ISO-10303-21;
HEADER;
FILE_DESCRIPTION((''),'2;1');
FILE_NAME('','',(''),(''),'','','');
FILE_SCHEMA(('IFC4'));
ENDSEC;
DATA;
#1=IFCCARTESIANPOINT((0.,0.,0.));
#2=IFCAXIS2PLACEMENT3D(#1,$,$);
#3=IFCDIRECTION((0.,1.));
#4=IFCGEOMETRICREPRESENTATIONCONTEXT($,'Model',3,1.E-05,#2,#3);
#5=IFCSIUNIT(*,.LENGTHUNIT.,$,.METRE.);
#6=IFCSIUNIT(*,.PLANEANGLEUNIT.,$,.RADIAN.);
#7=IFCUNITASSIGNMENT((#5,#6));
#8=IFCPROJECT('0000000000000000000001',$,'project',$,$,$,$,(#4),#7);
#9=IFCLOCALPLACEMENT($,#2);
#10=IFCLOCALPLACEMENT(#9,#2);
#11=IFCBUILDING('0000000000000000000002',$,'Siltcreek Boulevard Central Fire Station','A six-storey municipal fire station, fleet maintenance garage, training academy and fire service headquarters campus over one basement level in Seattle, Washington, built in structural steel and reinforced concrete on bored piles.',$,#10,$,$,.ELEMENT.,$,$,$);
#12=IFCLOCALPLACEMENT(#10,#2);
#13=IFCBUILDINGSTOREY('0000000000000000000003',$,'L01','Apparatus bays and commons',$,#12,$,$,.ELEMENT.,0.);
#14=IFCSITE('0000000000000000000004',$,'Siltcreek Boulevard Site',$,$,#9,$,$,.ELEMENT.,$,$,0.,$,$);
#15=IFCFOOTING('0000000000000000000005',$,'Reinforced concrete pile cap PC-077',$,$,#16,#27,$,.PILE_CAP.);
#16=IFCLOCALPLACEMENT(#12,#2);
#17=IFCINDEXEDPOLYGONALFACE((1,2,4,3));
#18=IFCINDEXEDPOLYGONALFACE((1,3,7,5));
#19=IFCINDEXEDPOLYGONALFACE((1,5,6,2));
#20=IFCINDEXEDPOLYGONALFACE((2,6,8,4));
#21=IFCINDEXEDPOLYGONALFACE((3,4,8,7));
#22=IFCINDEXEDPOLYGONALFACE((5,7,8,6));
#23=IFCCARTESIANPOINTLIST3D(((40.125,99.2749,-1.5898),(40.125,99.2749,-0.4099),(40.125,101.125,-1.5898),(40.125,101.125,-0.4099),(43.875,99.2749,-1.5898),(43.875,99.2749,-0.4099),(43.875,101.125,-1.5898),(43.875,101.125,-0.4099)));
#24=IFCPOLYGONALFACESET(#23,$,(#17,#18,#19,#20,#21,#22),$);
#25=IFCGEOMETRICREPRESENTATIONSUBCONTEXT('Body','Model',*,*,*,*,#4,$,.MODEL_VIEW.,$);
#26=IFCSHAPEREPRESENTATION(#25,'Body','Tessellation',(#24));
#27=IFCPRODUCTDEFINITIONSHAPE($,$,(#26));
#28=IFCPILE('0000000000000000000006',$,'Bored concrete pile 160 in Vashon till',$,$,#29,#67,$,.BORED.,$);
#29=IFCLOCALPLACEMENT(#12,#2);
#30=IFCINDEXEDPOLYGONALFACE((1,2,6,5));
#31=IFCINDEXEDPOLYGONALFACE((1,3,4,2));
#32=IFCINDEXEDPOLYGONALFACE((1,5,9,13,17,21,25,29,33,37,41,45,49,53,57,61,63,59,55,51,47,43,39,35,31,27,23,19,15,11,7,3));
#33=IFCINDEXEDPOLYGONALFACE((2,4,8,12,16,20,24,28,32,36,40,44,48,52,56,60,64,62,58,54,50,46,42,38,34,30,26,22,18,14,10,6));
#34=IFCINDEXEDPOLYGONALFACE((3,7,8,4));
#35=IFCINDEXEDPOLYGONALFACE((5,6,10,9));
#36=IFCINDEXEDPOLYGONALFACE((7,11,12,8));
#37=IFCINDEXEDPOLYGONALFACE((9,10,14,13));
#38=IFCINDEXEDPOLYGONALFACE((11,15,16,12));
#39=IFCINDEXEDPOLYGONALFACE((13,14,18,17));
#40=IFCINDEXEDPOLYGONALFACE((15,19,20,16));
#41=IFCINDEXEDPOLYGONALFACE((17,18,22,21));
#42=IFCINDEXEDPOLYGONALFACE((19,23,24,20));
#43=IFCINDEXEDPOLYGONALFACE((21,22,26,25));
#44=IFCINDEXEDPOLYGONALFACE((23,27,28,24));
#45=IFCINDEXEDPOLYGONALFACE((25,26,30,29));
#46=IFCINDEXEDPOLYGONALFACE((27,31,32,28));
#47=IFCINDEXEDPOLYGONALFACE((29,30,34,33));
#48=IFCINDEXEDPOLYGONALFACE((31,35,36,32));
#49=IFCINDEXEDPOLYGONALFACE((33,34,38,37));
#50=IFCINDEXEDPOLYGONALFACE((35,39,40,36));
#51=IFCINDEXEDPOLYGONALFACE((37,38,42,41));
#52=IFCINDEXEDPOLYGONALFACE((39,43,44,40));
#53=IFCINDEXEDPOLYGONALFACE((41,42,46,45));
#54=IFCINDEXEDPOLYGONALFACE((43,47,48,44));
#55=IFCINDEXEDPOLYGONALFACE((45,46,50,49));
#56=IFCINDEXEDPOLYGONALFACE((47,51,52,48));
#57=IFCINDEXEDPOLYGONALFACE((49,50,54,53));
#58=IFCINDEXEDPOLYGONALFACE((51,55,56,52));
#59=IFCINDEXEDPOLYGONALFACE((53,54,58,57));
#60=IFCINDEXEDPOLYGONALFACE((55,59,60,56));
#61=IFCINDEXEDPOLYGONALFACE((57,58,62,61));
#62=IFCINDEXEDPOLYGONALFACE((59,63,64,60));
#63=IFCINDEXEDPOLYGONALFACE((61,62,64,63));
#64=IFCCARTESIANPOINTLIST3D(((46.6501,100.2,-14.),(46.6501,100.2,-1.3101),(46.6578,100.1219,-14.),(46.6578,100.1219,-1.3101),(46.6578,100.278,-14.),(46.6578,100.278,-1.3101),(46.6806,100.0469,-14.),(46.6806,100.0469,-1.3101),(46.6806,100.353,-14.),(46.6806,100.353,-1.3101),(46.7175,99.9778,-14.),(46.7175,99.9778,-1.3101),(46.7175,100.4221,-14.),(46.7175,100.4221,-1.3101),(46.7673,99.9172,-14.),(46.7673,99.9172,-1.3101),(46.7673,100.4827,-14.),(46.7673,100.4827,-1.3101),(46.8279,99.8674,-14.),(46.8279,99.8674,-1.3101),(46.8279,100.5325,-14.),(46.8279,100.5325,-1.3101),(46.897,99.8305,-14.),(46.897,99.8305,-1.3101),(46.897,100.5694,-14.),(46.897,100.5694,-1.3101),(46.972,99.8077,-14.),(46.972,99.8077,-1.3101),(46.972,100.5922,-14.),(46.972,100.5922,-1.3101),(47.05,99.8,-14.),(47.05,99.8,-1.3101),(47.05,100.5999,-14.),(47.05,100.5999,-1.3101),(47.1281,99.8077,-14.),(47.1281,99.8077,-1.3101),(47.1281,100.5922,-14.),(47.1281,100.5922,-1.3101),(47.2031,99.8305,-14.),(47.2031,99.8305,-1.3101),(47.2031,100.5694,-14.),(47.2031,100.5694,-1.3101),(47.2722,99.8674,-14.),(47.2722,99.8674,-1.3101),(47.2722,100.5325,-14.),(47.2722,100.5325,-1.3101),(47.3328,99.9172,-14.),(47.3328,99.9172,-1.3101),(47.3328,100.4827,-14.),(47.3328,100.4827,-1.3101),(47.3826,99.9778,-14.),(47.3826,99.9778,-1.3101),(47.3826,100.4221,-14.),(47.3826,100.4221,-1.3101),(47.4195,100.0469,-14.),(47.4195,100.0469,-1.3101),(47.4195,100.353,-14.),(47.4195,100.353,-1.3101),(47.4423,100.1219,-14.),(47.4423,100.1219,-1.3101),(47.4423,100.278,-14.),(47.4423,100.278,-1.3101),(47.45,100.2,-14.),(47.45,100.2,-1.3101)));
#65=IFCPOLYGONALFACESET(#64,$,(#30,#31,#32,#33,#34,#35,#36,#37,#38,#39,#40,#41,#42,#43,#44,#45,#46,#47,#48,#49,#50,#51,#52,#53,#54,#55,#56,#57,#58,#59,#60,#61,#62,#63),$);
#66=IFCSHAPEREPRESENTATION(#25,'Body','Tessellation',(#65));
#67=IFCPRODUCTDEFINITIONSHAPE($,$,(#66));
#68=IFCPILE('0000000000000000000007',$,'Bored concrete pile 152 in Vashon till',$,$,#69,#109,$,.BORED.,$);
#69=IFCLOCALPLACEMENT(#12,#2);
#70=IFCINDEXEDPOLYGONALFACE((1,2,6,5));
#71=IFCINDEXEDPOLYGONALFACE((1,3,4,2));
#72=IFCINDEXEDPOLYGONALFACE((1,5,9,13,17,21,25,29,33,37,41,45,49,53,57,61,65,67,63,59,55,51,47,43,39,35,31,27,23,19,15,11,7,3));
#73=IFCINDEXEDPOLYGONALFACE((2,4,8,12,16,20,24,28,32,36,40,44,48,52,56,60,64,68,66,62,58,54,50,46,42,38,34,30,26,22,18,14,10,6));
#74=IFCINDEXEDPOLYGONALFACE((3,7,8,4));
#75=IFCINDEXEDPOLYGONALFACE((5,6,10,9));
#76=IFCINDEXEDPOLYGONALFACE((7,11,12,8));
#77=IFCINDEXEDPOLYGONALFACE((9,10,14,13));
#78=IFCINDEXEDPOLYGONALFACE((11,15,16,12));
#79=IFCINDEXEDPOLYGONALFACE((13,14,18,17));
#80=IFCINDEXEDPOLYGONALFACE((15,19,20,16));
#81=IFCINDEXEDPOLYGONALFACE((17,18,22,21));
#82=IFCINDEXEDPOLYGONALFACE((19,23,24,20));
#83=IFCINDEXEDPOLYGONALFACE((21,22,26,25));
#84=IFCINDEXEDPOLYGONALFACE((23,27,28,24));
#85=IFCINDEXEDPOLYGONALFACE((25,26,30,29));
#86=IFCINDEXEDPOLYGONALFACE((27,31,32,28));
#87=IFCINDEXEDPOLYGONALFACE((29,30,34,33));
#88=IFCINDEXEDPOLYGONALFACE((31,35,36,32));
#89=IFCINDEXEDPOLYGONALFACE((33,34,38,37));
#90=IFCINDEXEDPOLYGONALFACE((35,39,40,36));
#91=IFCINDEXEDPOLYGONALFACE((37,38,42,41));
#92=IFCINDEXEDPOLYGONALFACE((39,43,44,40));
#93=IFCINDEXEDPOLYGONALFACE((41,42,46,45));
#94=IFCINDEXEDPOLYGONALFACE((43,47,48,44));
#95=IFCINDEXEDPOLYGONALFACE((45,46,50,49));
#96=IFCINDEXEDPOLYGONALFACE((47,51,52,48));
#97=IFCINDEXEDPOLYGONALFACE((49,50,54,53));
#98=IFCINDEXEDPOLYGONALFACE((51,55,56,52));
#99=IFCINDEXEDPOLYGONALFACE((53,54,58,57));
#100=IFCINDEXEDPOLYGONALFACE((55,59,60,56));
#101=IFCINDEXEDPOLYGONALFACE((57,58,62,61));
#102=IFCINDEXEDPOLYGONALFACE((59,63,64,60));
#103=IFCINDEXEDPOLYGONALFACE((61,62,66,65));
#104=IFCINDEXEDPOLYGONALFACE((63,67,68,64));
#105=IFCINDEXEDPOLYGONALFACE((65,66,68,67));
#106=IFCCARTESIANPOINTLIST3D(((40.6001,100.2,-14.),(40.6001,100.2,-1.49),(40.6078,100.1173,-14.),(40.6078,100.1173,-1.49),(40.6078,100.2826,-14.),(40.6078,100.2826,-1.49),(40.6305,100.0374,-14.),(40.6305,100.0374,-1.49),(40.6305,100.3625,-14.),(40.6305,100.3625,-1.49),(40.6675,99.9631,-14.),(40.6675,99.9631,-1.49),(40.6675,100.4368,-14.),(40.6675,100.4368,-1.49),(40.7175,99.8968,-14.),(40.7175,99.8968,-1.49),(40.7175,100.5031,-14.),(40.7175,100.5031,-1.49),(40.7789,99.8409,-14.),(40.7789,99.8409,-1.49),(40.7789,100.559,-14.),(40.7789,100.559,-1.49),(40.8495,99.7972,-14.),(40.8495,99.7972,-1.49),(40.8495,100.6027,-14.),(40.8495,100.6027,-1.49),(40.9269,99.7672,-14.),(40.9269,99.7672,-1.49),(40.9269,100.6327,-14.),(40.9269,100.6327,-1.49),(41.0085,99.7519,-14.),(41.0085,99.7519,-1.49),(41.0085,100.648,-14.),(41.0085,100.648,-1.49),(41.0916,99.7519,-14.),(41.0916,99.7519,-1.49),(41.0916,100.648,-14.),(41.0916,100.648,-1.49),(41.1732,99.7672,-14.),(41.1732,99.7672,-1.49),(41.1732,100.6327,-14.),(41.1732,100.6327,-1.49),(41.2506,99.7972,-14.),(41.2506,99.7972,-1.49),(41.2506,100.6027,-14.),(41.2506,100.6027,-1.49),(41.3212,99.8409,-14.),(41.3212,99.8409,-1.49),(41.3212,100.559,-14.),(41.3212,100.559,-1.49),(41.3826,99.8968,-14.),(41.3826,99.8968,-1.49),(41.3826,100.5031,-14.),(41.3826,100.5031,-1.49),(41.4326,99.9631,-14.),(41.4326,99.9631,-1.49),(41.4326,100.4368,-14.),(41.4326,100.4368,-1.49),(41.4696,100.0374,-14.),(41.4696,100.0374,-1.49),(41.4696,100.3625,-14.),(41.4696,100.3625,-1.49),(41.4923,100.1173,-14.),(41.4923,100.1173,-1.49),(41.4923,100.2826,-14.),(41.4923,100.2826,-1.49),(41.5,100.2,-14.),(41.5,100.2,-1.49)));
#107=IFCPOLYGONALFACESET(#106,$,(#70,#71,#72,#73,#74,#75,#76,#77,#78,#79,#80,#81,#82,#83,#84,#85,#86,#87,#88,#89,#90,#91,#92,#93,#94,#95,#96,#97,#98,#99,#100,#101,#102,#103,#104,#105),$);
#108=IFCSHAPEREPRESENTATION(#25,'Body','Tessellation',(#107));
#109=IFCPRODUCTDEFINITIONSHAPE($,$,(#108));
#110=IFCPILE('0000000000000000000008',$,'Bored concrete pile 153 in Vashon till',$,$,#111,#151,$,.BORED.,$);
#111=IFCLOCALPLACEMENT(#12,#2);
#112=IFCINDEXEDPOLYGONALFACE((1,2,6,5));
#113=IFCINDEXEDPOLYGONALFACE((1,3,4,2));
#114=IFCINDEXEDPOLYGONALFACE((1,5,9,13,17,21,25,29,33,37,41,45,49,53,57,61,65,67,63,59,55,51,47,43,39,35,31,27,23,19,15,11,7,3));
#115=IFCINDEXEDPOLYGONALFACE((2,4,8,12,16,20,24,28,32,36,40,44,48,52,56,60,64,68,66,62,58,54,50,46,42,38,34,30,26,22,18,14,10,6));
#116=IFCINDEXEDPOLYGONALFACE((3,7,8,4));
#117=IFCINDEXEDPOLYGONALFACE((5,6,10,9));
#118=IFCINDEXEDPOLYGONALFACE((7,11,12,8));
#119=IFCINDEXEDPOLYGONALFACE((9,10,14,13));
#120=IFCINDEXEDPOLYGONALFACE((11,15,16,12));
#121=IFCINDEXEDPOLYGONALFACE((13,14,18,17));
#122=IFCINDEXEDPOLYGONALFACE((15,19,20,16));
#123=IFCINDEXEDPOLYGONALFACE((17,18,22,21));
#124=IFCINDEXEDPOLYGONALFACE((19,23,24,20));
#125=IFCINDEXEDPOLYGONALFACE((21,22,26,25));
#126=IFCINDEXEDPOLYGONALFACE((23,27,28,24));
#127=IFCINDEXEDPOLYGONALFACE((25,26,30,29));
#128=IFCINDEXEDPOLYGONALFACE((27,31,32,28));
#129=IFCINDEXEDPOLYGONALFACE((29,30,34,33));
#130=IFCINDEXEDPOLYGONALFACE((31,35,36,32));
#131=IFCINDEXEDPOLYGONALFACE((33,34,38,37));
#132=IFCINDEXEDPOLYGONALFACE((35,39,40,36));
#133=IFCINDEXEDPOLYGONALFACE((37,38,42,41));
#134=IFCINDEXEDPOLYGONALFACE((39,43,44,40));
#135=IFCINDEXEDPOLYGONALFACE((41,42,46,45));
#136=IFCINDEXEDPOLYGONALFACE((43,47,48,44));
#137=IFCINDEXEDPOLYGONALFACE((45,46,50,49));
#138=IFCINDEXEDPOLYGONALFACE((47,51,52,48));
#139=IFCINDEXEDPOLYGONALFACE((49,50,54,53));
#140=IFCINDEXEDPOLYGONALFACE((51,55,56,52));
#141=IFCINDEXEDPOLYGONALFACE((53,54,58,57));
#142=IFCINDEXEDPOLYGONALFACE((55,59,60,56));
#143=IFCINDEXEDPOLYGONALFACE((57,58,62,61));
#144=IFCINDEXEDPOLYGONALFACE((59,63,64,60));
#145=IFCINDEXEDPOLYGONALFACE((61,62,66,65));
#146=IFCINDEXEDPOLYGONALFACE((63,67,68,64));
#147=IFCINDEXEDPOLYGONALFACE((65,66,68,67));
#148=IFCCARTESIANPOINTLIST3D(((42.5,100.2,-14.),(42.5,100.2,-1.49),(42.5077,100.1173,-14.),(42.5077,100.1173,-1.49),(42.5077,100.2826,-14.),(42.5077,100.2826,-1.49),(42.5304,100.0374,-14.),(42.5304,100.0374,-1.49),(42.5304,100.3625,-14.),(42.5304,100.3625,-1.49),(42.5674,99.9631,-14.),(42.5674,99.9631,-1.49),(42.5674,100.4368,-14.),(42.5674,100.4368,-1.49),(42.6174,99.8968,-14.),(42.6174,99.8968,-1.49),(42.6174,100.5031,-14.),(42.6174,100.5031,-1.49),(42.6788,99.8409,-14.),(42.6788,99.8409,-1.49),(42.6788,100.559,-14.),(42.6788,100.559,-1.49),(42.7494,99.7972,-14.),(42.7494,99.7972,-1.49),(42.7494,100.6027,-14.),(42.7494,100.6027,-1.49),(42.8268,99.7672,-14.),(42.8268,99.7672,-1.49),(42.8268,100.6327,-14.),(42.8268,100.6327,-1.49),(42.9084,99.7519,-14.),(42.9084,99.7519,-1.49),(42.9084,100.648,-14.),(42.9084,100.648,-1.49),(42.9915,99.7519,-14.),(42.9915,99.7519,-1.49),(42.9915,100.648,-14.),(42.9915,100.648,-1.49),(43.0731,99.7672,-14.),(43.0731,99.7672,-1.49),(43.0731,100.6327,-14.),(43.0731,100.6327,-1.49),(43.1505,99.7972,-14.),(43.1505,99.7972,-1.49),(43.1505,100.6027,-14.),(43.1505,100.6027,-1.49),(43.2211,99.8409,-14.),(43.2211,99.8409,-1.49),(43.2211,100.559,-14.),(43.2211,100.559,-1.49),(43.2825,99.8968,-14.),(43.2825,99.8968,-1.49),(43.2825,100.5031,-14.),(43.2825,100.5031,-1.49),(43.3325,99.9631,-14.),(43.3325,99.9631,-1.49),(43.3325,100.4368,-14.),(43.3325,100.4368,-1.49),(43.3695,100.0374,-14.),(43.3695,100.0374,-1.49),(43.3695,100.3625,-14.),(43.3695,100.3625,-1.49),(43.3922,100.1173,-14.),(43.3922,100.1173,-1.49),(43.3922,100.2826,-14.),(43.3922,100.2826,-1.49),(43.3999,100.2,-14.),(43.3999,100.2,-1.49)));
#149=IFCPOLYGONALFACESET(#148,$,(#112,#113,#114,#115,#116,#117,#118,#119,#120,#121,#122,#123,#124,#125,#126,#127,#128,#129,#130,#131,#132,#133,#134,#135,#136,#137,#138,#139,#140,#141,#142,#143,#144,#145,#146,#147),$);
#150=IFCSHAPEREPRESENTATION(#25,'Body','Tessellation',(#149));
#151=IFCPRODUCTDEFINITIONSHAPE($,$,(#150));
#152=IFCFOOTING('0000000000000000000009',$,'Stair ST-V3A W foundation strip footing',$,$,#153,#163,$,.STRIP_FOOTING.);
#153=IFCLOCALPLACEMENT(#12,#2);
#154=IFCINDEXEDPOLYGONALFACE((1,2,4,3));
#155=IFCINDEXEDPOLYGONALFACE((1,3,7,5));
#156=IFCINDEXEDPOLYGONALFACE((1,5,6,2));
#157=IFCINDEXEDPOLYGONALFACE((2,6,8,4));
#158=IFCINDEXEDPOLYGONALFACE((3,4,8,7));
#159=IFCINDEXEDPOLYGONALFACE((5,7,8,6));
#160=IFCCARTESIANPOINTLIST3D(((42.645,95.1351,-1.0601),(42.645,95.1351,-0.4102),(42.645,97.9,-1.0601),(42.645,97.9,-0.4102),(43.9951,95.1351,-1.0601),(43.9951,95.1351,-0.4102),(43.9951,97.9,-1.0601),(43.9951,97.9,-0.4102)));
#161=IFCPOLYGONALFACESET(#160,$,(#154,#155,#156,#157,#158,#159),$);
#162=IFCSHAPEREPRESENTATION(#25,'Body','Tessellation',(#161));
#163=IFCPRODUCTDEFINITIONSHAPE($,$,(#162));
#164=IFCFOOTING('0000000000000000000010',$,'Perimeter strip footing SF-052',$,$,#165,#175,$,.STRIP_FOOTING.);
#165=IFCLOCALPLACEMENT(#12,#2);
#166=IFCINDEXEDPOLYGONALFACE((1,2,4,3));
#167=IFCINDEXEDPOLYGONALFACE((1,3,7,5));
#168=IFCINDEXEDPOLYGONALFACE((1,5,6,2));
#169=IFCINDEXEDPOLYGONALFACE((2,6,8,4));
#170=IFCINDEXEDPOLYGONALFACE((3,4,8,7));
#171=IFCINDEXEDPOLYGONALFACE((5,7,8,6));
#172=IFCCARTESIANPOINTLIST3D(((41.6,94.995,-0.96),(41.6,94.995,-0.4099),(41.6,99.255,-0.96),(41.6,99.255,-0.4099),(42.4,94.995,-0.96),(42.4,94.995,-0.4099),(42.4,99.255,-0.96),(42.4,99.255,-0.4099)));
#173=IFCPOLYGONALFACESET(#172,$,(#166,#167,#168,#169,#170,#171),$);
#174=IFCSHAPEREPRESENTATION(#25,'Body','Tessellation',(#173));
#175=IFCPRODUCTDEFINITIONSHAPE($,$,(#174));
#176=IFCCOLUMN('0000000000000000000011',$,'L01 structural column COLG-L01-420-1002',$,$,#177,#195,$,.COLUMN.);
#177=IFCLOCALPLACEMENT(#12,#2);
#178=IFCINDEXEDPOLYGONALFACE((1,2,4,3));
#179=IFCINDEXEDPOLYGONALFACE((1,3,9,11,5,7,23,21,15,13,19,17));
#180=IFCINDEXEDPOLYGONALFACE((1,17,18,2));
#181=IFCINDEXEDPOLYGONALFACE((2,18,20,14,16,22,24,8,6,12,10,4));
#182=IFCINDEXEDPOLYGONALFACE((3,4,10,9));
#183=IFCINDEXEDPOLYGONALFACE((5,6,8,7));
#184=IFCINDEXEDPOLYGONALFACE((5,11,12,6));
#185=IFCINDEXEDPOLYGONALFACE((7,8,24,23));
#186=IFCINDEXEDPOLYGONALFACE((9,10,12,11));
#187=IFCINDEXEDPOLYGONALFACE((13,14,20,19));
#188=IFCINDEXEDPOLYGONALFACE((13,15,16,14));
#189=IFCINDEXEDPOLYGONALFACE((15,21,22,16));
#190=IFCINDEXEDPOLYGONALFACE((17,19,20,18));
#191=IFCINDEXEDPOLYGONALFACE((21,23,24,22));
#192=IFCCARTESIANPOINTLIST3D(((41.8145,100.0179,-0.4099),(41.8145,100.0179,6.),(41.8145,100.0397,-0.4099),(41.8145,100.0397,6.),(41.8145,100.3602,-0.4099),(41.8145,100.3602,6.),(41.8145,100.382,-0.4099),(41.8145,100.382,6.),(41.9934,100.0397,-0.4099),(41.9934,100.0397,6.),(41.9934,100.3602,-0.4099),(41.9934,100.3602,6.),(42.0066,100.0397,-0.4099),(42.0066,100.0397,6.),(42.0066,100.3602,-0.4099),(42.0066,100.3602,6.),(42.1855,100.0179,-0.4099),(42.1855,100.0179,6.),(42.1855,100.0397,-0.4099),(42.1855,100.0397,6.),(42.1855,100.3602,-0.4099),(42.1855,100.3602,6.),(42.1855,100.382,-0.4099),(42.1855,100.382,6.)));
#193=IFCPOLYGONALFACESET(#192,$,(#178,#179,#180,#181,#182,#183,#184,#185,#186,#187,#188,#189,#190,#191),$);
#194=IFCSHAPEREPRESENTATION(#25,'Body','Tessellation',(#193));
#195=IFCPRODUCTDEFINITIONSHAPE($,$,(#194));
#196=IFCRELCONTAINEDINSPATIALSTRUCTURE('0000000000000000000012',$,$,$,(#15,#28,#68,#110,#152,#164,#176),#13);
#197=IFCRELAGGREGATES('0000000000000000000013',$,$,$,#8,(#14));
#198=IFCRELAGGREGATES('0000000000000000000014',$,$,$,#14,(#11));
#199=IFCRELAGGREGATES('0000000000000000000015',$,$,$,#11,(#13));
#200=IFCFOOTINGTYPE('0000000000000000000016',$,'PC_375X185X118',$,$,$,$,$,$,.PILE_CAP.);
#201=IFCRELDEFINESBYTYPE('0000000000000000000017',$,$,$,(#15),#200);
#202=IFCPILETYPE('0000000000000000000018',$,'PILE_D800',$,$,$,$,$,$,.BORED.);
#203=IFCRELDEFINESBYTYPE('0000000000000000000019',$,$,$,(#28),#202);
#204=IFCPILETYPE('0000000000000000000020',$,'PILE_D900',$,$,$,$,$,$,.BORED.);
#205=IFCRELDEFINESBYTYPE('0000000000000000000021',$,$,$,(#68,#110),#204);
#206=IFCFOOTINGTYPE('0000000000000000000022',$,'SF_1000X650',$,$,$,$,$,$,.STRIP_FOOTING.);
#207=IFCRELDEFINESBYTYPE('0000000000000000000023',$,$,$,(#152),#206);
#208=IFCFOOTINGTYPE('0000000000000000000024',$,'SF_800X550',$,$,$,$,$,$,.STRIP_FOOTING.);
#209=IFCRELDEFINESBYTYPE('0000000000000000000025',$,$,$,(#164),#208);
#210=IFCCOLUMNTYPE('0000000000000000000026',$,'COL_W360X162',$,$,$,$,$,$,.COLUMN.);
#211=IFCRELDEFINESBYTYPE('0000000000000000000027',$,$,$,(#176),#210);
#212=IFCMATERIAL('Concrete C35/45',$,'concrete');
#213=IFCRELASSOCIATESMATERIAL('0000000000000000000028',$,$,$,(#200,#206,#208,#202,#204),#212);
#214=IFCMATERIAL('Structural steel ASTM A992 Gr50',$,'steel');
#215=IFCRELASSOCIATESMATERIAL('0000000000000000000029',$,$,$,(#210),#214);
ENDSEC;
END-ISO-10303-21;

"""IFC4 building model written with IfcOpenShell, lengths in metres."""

from ifc_helpers import new_model, si_unit, direction, frame, origin, origin_2d, place, context, subcontext, project, spatial, rectangle, circle, i_section, extrude, material, material_profile, profile_set, type_object, element, save


model = new_model("IFC4")

# Units and contexts
model_context = context("Model", 3, precision=1e-05, world=origin(), true_north=direction((0.0, 1.0)))
body_context = subcontext(model_context, "Body", "Model", "MODEL_VIEW")
ifc_project = project(units=[si_unit("LENGTHUNIT", "METRE"), si_unit("PLANEANGLEUNIT", "RADIAN")], contexts=[model_context])

# Site, building, storey
site_placement = place(None, origin())
site = spatial("IfcSite", under=ifc_project, at=site_placement, Name="Siltcreek Boulevard Site", CompositionType="ELEMENT", RefElevation=0.0)
building_placement = place(site_placement, origin())
building = spatial("IfcBuilding", under=site, at=building_placement, Name="Siltcreek Boulevard Central Fire Station", Description="A six-storey municipal fire station, fleet maintenance garage, training academy and fire service headquarters campus over one basement level in Seattle, Washington, built in structural steel and reinforced concrete on bored piles.", CompositionType="ELEMENT")
storey_placement = place(building_placement, origin())
storey = spatial("IfcBuildingStorey", under=building, at=storey_placement, Name="L01", Description="Apparatus bays and commons", CompositionType="ELEMENT", Elevation=0.0)

# Footing
ifc_material_1 = material(Name="Concrete C35/45", Category="concrete")
footing_type_1 = type_object("IfcFootingType", Name="PC_375X185X118", PredefinedType="PILE_CAP", material=ifc_material_1)
footing_1_placement = place(storey_placement, frame((42.0, 100.2, -1.5898), z_axis=(0.0, 0.0, 1.0), x_axis=(1.0, 0.0, 0.0)))
element("IfcFooting", 1, at=footing_1_placement, inside=storey, type_object=footing_type_1, Name="Reinforced concrete pile cap PC-077", PredefinedType="PILE_CAP", context=body_context, shape_type="SweptSolid", body=[
    extrude(rectangle(XDim=3.75, YDim=1.8501, at=origin_2d()), origin(), (0.0, 0.0, 1.0), 1.1799),
])

# Piles
ifc_material_profile_1 = material_profile(ifc_material_1, circle(Radius=0.3999, at=origin_2d()), Name="SHAFT800")
ifc_profile_set_1 = profile_set([ifc_material_profile_1], Name="Concrete C35/45")
pile_type_1 = type_object("IfcPileType", Name="PILE_D800", PredefinedType="BORED", material=ifc_profile_set_1)
pile_placement = place(storey_placement, frame((47.05, 100.2, -1.3101), z_axis=(0.0, 0.0, -1.0), x_axis=(1.0, 0.0, 0.0)))
element("IfcPile", 2, at=pile_placement, inside=storey, type_object=pile_type_1, Name="Bored concrete pile 160 in Vashon till", PredefinedType="BORED", context=body_context, shape_type="SweptSolid", body=[
    extrude(circle(Radius=0.3999, at=origin_2d()), origin(), (0.0, 0.0, 1.0), 12.6899),
])
ifc_material_profile_2 = material_profile(ifc_material_1, circle(Radius=0.45, at=origin_2d()), Name="SHAFT900")
ifc_profile_set_2 = profile_set([ifc_material_profile_2], Name="Concrete C35/45")
pile_type_2 = type_object("IfcPileType", Name="PILE_D900", PredefinedType="BORED", material=ifc_profile_set_2)
for number, where, z_axis, x_axis, name in (
    (3, (41.05, 100.2, -1.49), (0.0, 0.0, -1.0), (1.0, 0.0, 0.0), "Bored concrete pile 152 in Vashon till"),
    (4, (42.95, 100.2, -1.49), (0.0, 0.0, -1.0), (1.0, 0.0, 0.0), "Bored concrete pile 153 in Vashon till"),
):
    element("IfcPile", number, at=place(storey_placement, frame(where, z_axis=z_axis, x_axis=x_axis)), inside=storey, type_object=pile_type_2, Name=name, PredefinedType="BORED", context=body_context, shape_type="SweptSolid", body=[
        extrude(circle(Radius=0.45, at=origin_2d()), origin(), (0.0, 0.0, 1.0), 12.51),
    ])

# Footings
footing_type_2 = type_object("IfcFootingType", Name="SF_1000X650", PredefinedType="STRIP_FOOTING", material=ifc_material_1)
footing_2_placement = place(storey_placement, frame((43.3201, 96.5176, -1.0601), z_axis=(0.0, 0.0, 1.0), x_axis=(1.0, 0.0, 0.0)))
element("IfcFooting", 5, at=footing_2_placement, inside=storey, type_object=footing_type_2, Name="Stair ST-V3A W foundation strip footing", PredefinedType="STRIP_FOOTING", context=body_context, shape_type="SweptSolid", body=[
    extrude(rectangle(XDim=1.3501, YDim=2.7649, at=origin_2d()), origin(), (0.0, 0.0, 1.0), 0.6499),
])
footing_type_3 = type_object("IfcFootingType", Name="SF_800X550", PredefinedType="STRIP_FOOTING", material=ifc_material_1)
footing_3_placement = place(storey_placement, frame((42.0, 97.125, -0.96), z_axis=(0.0, 0.0, 1.0), x_axis=(1.0, 0.0, 0.0)))
element("IfcFooting", 6, at=footing_3_placement, inside=storey, type_object=footing_type_3, Name="Perimeter strip footing SF-052", PredefinedType="STRIP_FOOTING", context=body_context, shape_type="SweptSolid", body=[
    extrude(rectangle(XDim=0.8, YDim=4.26, at=origin_2d()), origin(), (0.0, 0.0, 1.0), 0.55),
])

# Column
ifc_material_2 = material(Name="Structural steel ASTM A992 Gr50", Category="steel")
ifc_material_profile_3 = material_profile(ifc_material_2, i_section(OverallWidth=0.3711, OverallDepth=0.364, WebThickness=0.0132, FlangeThickness=0.0217, at=origin_2d()), Name="W360X162")
ifc_profile_set_3 = profile_set([ifc_material_profile_3], Name="Structural steel ASTM A992 Gr50")
column_type = type_object("IfcColumnType", Name="COL_W360X162", PredefinedType="COLUMN", material=ifc_profile_set_3)
column_placement = place(storey_placement, frame((42.0, 100.2, -0.4099), z_axis=(0.0, 0.0, 1.0), x_axis=(1.0, 0.0, 0.0)))
element("IfcColumn", 7, at=column_placement, inside=storey, type_object=column_type, Name="L01 structural column COLG-L01-420-1002", PredefinedType="COLUMN", context=body_context, shape_type="SweptSolid", body=[
    extrude(i_section(OverallWidth=0.3711, OverallDepth=0.364, WebThickness=0.0132, FlangeThickness=0.0217, at=origin_2d()), origin(), (0.0, 0.0, 1.0), 6.4099),
])

save(model, "model.ifc")
